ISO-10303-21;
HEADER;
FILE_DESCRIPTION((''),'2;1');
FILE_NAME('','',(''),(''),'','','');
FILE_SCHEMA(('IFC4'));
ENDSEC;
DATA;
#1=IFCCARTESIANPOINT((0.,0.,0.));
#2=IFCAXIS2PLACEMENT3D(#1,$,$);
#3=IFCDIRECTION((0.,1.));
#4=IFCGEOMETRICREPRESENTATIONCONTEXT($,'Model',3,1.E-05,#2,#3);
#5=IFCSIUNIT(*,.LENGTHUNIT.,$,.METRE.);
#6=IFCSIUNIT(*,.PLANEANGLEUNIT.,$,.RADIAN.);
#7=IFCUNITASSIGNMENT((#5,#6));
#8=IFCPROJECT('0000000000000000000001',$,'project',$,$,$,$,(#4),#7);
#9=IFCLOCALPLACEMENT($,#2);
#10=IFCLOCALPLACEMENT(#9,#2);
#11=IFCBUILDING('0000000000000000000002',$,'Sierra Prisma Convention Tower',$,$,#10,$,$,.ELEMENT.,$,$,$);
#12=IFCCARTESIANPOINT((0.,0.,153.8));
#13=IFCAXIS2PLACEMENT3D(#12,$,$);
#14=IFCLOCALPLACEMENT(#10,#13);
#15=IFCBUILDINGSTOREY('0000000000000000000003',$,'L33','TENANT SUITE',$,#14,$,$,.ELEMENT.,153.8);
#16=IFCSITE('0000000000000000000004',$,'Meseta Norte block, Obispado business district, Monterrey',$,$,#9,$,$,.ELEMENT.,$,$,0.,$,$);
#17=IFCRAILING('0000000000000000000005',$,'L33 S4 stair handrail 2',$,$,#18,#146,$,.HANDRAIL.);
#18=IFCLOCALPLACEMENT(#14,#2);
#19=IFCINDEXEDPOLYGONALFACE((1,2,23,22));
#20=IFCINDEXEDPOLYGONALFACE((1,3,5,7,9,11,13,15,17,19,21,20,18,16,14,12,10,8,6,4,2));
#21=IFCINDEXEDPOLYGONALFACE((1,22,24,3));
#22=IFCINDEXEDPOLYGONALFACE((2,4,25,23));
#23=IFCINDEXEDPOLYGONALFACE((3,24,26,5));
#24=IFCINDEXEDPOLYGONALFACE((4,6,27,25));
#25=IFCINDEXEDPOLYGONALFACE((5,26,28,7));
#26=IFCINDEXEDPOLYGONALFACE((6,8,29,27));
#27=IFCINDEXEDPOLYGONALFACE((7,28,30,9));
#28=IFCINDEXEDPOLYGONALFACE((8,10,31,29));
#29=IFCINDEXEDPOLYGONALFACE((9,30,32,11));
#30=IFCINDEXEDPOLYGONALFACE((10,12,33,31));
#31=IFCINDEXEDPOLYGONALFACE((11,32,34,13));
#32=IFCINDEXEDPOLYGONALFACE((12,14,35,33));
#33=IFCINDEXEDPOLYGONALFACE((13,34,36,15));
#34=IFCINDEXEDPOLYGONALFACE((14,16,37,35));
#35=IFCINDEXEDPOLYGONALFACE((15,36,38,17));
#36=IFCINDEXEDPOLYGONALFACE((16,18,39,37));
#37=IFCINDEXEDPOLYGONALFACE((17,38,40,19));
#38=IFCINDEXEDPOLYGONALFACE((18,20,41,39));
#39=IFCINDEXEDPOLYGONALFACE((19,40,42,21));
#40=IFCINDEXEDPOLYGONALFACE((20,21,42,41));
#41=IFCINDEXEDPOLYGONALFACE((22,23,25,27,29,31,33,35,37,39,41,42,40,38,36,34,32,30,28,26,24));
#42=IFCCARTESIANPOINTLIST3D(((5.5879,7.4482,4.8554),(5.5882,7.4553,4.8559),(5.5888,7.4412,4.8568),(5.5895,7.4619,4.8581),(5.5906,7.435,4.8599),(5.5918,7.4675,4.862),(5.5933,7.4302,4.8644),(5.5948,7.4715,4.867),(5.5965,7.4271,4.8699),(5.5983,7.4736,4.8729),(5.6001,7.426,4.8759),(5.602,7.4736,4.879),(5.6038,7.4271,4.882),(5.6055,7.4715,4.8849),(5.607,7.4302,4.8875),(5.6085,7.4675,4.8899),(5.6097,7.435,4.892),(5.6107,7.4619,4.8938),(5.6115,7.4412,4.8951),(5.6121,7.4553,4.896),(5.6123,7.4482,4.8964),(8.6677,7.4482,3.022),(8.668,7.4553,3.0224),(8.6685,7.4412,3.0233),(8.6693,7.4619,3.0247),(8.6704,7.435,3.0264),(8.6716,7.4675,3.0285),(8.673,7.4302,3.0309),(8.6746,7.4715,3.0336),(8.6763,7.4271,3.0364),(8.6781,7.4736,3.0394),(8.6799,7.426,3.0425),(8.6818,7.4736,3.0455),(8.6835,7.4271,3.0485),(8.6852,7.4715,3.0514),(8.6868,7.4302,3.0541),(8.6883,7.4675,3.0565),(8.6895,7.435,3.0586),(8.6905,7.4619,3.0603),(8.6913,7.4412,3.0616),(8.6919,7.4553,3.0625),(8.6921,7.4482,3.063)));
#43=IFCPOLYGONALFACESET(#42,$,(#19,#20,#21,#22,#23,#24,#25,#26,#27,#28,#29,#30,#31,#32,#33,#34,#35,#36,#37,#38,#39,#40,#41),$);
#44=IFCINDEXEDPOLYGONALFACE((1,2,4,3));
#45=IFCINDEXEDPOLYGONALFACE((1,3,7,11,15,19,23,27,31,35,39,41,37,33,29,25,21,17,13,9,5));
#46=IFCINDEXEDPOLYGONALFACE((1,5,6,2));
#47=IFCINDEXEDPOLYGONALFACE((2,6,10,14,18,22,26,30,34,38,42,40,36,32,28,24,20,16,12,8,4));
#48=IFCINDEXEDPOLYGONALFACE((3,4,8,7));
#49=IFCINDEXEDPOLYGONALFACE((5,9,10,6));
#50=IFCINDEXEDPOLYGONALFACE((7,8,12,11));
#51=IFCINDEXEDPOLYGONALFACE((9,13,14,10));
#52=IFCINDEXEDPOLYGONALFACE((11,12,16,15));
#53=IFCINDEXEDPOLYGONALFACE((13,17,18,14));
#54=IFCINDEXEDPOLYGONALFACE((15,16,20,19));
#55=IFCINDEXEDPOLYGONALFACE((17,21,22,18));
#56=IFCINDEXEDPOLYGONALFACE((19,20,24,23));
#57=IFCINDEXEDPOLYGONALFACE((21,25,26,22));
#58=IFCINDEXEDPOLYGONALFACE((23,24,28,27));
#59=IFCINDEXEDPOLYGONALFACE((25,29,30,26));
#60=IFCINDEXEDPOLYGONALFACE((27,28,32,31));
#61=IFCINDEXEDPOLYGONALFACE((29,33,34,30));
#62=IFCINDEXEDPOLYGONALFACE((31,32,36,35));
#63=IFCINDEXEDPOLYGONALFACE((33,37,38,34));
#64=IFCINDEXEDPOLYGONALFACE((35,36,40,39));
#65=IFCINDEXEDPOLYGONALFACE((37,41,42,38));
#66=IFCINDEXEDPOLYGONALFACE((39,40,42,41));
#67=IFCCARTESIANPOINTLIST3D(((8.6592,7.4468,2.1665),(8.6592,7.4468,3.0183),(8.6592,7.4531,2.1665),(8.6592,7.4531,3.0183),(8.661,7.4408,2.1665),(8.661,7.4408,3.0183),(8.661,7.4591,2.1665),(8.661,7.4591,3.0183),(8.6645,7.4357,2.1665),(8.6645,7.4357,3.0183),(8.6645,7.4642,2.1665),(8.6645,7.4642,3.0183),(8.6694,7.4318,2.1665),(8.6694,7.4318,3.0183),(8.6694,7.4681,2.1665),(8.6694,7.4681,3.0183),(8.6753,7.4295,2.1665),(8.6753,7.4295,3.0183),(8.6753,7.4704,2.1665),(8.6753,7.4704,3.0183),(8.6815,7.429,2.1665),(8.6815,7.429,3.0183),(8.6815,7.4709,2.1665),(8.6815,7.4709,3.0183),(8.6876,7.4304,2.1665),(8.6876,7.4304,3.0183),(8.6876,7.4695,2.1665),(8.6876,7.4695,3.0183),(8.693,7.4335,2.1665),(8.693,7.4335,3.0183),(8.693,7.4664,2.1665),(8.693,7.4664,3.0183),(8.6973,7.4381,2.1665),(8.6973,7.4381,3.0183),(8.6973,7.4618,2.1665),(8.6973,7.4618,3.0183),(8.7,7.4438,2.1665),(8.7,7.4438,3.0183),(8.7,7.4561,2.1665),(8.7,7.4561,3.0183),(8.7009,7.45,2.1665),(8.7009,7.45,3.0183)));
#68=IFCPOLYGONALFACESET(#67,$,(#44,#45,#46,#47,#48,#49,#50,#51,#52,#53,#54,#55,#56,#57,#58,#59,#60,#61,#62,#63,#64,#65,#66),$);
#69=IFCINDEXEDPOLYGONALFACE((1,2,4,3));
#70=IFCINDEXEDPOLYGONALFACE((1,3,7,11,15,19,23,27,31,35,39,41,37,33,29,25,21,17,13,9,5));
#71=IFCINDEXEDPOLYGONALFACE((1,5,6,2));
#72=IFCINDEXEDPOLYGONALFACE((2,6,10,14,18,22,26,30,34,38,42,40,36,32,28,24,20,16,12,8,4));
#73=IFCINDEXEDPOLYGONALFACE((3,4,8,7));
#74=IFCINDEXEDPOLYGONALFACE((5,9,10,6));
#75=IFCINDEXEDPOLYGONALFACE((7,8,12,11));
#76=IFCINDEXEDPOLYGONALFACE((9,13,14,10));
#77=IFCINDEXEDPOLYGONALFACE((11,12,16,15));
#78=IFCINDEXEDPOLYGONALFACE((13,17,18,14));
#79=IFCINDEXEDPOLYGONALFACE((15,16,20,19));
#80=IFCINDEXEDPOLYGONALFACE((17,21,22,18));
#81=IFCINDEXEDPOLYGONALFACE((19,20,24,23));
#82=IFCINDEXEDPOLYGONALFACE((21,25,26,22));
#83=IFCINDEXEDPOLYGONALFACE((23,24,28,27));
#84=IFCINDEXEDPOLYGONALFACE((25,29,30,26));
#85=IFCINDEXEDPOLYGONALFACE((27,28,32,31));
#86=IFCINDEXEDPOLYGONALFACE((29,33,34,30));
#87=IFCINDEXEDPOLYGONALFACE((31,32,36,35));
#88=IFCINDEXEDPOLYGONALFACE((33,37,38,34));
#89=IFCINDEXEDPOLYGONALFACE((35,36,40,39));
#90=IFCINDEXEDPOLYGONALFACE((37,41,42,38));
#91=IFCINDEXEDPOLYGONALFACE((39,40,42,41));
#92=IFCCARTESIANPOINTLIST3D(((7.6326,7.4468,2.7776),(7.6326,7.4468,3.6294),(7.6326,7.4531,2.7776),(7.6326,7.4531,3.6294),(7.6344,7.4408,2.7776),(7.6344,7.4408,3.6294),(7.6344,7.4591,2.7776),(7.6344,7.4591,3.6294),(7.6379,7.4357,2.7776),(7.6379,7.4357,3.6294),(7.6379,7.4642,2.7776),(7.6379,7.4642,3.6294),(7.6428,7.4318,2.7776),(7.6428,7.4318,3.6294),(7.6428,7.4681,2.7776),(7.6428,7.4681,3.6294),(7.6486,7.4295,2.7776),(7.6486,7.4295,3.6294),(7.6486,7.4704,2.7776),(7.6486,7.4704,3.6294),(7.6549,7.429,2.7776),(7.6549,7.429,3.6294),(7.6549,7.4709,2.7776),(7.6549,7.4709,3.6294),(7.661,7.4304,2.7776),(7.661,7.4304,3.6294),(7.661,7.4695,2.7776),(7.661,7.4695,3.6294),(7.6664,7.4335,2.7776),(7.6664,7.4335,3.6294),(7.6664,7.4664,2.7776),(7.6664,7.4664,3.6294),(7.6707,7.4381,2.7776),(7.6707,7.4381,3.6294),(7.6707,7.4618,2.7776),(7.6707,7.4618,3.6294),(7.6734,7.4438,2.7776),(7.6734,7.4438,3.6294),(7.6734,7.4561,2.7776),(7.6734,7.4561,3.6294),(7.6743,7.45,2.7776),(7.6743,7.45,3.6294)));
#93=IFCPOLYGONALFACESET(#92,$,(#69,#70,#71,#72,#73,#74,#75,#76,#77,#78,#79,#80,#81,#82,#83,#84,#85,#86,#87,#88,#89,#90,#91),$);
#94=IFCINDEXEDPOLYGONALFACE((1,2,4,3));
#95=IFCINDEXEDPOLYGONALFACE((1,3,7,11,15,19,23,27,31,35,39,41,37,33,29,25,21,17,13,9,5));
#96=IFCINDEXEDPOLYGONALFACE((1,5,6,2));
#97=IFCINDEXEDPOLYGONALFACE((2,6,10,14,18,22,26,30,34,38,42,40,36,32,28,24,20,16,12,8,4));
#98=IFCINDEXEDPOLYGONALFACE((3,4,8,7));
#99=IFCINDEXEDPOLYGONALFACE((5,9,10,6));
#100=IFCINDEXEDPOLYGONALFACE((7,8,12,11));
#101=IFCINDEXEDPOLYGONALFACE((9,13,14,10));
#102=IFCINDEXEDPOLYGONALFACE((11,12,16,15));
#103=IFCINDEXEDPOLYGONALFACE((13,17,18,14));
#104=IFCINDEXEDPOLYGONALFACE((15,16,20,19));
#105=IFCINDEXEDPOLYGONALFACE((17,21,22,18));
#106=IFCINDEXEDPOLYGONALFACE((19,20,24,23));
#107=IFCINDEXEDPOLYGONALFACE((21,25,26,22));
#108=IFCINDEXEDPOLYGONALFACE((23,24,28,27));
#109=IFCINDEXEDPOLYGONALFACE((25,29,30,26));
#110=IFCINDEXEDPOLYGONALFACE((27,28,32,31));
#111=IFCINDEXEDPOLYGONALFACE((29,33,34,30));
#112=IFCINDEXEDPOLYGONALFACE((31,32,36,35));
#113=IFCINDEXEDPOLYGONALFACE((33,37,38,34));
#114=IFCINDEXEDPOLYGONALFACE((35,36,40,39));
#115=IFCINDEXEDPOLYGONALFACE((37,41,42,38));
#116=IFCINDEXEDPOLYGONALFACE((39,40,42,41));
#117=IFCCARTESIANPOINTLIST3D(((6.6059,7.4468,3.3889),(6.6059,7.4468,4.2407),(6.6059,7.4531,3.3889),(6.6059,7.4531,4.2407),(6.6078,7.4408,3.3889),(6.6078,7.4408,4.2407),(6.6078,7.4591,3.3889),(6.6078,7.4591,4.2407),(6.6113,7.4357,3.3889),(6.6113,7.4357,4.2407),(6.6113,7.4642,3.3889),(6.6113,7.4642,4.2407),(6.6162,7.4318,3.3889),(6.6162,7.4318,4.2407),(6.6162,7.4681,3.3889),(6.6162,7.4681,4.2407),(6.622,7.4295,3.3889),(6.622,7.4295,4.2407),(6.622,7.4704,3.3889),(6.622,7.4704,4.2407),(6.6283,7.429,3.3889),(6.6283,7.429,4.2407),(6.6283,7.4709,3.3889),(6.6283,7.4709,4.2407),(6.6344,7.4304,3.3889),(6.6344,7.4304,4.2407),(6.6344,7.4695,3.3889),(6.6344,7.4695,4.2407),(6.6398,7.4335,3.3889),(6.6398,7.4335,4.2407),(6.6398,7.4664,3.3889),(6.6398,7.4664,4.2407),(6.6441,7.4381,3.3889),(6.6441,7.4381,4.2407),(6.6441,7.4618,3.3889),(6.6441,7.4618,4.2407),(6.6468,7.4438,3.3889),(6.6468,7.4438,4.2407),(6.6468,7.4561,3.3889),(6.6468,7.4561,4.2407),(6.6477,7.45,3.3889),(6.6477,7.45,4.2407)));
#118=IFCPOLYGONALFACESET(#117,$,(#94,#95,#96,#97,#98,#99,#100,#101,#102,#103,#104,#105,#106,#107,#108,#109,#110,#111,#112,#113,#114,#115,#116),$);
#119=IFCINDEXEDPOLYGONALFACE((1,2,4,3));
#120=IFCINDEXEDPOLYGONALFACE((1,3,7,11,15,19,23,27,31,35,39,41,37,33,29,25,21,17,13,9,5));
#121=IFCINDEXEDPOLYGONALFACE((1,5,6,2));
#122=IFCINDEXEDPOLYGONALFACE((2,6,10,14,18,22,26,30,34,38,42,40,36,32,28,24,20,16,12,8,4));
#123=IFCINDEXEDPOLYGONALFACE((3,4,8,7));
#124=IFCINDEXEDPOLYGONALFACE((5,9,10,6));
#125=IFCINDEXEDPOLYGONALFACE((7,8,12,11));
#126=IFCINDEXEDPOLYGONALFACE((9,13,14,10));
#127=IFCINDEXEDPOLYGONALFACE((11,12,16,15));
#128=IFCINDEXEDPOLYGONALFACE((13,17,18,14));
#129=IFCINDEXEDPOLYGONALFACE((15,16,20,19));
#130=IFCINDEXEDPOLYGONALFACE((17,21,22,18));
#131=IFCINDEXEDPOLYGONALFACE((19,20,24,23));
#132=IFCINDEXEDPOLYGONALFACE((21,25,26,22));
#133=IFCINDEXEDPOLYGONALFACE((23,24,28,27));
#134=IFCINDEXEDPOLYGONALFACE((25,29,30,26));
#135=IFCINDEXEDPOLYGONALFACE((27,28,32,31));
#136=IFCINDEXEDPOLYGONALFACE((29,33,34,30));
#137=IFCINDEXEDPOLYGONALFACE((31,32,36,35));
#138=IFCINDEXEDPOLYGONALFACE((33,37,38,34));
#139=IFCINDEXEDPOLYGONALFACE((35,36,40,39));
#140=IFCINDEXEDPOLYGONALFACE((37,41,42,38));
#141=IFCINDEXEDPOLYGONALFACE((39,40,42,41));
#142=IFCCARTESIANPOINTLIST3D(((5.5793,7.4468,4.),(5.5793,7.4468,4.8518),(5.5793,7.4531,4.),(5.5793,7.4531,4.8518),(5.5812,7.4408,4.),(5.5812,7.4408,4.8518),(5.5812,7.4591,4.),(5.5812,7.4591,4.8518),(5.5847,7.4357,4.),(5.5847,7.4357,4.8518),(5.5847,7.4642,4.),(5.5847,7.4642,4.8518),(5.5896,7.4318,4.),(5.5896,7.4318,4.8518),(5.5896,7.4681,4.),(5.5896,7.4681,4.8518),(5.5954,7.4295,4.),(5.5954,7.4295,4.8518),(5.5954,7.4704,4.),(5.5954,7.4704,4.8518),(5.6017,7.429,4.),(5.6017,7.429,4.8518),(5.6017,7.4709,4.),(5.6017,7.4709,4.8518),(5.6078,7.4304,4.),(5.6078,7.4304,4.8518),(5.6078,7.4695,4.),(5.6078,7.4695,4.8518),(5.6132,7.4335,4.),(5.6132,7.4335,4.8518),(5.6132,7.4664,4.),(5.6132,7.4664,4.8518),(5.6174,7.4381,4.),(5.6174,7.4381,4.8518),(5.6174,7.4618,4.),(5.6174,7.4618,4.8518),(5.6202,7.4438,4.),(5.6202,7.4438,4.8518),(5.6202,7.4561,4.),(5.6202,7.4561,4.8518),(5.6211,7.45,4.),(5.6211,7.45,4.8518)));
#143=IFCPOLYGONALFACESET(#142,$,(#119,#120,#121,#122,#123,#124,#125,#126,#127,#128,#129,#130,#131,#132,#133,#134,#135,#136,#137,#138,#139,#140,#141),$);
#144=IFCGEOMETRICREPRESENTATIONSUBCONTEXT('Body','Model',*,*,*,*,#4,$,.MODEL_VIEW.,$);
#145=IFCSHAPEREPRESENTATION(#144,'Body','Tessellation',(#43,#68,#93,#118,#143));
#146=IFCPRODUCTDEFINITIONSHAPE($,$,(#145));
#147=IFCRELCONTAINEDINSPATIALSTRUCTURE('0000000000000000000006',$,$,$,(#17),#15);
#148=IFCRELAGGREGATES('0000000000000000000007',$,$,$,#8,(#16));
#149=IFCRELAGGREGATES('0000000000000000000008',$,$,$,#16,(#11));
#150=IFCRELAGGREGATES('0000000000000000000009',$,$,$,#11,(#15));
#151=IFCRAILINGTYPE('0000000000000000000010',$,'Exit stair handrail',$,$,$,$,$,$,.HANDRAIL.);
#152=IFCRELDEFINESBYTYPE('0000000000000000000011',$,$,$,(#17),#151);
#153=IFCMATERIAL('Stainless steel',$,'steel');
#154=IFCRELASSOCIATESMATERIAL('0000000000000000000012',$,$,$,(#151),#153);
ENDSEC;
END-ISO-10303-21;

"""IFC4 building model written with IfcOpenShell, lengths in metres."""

from ifc_helpers import new_model, si_unit, direction, frame, origin, origin_2d, place, context, subcontext, project, spatial, circle, extrude, material, type_object, element, save


model = new_model("IFC4")

# Units and contexts
model_context = context("Model", 3, precision=1e-05, world=origin(), true_north=direction((0.0, 1.0)))
body_context = subcontext(model_context, "Body", "Model", "MODEL_VIEW")
ifc_project = project(units=[si_unit("LENGTHUNIT", "METRE"), si_unit("PLANEANGLEUNIT", "RADIAN")], contexts=[model_context])

# Site, building, storey
site_placement = place(None, origin())
site = spatial("IfcSite", under=ifc_project, at=site_placement, Name="Meseta Norte block, Obispado business district, Monterrey", CompositionType="ELEMENT", RefElevation=0.0)
building_placement = place(site_placement, origin())
building = spatial("IfcBuilding", under=site, at=building_placement, Name="Sierra Prisma Convention Tower", CompositionType="ELEMENT")
storey_placement = place(building_placement, frame((0.0, 0.0, 153.8)))
storey = spatial("IfcBuildingStorey", under=building, at=storey_placement, Name="L33", Description="TENANT SUITE", CompositionType="ELEMENT", Elevation=153.8)

# Railing
ifc_material_1 = material(Name="Stainless steel", Category="steel")
railing_type_1 = type_object("IfcRailingType", Name="Exit stair handrail", PredefinedType="HANDRAIL", material=ifc_material_1)
railing_1_placement = place(storey_placement, frame((8.6799, 7.45, 2.1665)))
element("IfcRailing", 1, at=railing_1_placement, inside=storey, type_object=railing_type_1, Name="L33 S4 stair handrail 2", PredefinedType="HANDRAIL", context=body_context, shape_type="SweptSolid", body=[
    extrude(circle(Radius=0.0239, at=origin_2d()), frame((0.0, 0.0, 0.876), z_axis=(-0.859261, 0.0, 0.511538), x_axis=(0.0, -1.0, 0.0)), (0.0, 0.0, 1.0), 3.5842),
    extrude(circle(Radius=0.021, at=origin_2d()), origin(), (0.0, 0.0, 1.0), 0.8518),
    extrude(circle(Radius=0.021, at=origin_2d()), frame((-1.0266, 0.0, 0.6111)), (0.0, 0.0, 1.0), 0.8518),
    extrude(circle(Radius=0.021, at=origin_2d()), frame((-2.0532, 0.0, 1.2224)), (0.0, 0.0, 1.0), 0.8518),
    extrude(circle(Radius=0.021, at=origin_2d()), frame((-3.0798, 0.0, 1.8335)), (0.0, 0.0, 1.0), 0.8518),
])

save(model, "model.ifc")
